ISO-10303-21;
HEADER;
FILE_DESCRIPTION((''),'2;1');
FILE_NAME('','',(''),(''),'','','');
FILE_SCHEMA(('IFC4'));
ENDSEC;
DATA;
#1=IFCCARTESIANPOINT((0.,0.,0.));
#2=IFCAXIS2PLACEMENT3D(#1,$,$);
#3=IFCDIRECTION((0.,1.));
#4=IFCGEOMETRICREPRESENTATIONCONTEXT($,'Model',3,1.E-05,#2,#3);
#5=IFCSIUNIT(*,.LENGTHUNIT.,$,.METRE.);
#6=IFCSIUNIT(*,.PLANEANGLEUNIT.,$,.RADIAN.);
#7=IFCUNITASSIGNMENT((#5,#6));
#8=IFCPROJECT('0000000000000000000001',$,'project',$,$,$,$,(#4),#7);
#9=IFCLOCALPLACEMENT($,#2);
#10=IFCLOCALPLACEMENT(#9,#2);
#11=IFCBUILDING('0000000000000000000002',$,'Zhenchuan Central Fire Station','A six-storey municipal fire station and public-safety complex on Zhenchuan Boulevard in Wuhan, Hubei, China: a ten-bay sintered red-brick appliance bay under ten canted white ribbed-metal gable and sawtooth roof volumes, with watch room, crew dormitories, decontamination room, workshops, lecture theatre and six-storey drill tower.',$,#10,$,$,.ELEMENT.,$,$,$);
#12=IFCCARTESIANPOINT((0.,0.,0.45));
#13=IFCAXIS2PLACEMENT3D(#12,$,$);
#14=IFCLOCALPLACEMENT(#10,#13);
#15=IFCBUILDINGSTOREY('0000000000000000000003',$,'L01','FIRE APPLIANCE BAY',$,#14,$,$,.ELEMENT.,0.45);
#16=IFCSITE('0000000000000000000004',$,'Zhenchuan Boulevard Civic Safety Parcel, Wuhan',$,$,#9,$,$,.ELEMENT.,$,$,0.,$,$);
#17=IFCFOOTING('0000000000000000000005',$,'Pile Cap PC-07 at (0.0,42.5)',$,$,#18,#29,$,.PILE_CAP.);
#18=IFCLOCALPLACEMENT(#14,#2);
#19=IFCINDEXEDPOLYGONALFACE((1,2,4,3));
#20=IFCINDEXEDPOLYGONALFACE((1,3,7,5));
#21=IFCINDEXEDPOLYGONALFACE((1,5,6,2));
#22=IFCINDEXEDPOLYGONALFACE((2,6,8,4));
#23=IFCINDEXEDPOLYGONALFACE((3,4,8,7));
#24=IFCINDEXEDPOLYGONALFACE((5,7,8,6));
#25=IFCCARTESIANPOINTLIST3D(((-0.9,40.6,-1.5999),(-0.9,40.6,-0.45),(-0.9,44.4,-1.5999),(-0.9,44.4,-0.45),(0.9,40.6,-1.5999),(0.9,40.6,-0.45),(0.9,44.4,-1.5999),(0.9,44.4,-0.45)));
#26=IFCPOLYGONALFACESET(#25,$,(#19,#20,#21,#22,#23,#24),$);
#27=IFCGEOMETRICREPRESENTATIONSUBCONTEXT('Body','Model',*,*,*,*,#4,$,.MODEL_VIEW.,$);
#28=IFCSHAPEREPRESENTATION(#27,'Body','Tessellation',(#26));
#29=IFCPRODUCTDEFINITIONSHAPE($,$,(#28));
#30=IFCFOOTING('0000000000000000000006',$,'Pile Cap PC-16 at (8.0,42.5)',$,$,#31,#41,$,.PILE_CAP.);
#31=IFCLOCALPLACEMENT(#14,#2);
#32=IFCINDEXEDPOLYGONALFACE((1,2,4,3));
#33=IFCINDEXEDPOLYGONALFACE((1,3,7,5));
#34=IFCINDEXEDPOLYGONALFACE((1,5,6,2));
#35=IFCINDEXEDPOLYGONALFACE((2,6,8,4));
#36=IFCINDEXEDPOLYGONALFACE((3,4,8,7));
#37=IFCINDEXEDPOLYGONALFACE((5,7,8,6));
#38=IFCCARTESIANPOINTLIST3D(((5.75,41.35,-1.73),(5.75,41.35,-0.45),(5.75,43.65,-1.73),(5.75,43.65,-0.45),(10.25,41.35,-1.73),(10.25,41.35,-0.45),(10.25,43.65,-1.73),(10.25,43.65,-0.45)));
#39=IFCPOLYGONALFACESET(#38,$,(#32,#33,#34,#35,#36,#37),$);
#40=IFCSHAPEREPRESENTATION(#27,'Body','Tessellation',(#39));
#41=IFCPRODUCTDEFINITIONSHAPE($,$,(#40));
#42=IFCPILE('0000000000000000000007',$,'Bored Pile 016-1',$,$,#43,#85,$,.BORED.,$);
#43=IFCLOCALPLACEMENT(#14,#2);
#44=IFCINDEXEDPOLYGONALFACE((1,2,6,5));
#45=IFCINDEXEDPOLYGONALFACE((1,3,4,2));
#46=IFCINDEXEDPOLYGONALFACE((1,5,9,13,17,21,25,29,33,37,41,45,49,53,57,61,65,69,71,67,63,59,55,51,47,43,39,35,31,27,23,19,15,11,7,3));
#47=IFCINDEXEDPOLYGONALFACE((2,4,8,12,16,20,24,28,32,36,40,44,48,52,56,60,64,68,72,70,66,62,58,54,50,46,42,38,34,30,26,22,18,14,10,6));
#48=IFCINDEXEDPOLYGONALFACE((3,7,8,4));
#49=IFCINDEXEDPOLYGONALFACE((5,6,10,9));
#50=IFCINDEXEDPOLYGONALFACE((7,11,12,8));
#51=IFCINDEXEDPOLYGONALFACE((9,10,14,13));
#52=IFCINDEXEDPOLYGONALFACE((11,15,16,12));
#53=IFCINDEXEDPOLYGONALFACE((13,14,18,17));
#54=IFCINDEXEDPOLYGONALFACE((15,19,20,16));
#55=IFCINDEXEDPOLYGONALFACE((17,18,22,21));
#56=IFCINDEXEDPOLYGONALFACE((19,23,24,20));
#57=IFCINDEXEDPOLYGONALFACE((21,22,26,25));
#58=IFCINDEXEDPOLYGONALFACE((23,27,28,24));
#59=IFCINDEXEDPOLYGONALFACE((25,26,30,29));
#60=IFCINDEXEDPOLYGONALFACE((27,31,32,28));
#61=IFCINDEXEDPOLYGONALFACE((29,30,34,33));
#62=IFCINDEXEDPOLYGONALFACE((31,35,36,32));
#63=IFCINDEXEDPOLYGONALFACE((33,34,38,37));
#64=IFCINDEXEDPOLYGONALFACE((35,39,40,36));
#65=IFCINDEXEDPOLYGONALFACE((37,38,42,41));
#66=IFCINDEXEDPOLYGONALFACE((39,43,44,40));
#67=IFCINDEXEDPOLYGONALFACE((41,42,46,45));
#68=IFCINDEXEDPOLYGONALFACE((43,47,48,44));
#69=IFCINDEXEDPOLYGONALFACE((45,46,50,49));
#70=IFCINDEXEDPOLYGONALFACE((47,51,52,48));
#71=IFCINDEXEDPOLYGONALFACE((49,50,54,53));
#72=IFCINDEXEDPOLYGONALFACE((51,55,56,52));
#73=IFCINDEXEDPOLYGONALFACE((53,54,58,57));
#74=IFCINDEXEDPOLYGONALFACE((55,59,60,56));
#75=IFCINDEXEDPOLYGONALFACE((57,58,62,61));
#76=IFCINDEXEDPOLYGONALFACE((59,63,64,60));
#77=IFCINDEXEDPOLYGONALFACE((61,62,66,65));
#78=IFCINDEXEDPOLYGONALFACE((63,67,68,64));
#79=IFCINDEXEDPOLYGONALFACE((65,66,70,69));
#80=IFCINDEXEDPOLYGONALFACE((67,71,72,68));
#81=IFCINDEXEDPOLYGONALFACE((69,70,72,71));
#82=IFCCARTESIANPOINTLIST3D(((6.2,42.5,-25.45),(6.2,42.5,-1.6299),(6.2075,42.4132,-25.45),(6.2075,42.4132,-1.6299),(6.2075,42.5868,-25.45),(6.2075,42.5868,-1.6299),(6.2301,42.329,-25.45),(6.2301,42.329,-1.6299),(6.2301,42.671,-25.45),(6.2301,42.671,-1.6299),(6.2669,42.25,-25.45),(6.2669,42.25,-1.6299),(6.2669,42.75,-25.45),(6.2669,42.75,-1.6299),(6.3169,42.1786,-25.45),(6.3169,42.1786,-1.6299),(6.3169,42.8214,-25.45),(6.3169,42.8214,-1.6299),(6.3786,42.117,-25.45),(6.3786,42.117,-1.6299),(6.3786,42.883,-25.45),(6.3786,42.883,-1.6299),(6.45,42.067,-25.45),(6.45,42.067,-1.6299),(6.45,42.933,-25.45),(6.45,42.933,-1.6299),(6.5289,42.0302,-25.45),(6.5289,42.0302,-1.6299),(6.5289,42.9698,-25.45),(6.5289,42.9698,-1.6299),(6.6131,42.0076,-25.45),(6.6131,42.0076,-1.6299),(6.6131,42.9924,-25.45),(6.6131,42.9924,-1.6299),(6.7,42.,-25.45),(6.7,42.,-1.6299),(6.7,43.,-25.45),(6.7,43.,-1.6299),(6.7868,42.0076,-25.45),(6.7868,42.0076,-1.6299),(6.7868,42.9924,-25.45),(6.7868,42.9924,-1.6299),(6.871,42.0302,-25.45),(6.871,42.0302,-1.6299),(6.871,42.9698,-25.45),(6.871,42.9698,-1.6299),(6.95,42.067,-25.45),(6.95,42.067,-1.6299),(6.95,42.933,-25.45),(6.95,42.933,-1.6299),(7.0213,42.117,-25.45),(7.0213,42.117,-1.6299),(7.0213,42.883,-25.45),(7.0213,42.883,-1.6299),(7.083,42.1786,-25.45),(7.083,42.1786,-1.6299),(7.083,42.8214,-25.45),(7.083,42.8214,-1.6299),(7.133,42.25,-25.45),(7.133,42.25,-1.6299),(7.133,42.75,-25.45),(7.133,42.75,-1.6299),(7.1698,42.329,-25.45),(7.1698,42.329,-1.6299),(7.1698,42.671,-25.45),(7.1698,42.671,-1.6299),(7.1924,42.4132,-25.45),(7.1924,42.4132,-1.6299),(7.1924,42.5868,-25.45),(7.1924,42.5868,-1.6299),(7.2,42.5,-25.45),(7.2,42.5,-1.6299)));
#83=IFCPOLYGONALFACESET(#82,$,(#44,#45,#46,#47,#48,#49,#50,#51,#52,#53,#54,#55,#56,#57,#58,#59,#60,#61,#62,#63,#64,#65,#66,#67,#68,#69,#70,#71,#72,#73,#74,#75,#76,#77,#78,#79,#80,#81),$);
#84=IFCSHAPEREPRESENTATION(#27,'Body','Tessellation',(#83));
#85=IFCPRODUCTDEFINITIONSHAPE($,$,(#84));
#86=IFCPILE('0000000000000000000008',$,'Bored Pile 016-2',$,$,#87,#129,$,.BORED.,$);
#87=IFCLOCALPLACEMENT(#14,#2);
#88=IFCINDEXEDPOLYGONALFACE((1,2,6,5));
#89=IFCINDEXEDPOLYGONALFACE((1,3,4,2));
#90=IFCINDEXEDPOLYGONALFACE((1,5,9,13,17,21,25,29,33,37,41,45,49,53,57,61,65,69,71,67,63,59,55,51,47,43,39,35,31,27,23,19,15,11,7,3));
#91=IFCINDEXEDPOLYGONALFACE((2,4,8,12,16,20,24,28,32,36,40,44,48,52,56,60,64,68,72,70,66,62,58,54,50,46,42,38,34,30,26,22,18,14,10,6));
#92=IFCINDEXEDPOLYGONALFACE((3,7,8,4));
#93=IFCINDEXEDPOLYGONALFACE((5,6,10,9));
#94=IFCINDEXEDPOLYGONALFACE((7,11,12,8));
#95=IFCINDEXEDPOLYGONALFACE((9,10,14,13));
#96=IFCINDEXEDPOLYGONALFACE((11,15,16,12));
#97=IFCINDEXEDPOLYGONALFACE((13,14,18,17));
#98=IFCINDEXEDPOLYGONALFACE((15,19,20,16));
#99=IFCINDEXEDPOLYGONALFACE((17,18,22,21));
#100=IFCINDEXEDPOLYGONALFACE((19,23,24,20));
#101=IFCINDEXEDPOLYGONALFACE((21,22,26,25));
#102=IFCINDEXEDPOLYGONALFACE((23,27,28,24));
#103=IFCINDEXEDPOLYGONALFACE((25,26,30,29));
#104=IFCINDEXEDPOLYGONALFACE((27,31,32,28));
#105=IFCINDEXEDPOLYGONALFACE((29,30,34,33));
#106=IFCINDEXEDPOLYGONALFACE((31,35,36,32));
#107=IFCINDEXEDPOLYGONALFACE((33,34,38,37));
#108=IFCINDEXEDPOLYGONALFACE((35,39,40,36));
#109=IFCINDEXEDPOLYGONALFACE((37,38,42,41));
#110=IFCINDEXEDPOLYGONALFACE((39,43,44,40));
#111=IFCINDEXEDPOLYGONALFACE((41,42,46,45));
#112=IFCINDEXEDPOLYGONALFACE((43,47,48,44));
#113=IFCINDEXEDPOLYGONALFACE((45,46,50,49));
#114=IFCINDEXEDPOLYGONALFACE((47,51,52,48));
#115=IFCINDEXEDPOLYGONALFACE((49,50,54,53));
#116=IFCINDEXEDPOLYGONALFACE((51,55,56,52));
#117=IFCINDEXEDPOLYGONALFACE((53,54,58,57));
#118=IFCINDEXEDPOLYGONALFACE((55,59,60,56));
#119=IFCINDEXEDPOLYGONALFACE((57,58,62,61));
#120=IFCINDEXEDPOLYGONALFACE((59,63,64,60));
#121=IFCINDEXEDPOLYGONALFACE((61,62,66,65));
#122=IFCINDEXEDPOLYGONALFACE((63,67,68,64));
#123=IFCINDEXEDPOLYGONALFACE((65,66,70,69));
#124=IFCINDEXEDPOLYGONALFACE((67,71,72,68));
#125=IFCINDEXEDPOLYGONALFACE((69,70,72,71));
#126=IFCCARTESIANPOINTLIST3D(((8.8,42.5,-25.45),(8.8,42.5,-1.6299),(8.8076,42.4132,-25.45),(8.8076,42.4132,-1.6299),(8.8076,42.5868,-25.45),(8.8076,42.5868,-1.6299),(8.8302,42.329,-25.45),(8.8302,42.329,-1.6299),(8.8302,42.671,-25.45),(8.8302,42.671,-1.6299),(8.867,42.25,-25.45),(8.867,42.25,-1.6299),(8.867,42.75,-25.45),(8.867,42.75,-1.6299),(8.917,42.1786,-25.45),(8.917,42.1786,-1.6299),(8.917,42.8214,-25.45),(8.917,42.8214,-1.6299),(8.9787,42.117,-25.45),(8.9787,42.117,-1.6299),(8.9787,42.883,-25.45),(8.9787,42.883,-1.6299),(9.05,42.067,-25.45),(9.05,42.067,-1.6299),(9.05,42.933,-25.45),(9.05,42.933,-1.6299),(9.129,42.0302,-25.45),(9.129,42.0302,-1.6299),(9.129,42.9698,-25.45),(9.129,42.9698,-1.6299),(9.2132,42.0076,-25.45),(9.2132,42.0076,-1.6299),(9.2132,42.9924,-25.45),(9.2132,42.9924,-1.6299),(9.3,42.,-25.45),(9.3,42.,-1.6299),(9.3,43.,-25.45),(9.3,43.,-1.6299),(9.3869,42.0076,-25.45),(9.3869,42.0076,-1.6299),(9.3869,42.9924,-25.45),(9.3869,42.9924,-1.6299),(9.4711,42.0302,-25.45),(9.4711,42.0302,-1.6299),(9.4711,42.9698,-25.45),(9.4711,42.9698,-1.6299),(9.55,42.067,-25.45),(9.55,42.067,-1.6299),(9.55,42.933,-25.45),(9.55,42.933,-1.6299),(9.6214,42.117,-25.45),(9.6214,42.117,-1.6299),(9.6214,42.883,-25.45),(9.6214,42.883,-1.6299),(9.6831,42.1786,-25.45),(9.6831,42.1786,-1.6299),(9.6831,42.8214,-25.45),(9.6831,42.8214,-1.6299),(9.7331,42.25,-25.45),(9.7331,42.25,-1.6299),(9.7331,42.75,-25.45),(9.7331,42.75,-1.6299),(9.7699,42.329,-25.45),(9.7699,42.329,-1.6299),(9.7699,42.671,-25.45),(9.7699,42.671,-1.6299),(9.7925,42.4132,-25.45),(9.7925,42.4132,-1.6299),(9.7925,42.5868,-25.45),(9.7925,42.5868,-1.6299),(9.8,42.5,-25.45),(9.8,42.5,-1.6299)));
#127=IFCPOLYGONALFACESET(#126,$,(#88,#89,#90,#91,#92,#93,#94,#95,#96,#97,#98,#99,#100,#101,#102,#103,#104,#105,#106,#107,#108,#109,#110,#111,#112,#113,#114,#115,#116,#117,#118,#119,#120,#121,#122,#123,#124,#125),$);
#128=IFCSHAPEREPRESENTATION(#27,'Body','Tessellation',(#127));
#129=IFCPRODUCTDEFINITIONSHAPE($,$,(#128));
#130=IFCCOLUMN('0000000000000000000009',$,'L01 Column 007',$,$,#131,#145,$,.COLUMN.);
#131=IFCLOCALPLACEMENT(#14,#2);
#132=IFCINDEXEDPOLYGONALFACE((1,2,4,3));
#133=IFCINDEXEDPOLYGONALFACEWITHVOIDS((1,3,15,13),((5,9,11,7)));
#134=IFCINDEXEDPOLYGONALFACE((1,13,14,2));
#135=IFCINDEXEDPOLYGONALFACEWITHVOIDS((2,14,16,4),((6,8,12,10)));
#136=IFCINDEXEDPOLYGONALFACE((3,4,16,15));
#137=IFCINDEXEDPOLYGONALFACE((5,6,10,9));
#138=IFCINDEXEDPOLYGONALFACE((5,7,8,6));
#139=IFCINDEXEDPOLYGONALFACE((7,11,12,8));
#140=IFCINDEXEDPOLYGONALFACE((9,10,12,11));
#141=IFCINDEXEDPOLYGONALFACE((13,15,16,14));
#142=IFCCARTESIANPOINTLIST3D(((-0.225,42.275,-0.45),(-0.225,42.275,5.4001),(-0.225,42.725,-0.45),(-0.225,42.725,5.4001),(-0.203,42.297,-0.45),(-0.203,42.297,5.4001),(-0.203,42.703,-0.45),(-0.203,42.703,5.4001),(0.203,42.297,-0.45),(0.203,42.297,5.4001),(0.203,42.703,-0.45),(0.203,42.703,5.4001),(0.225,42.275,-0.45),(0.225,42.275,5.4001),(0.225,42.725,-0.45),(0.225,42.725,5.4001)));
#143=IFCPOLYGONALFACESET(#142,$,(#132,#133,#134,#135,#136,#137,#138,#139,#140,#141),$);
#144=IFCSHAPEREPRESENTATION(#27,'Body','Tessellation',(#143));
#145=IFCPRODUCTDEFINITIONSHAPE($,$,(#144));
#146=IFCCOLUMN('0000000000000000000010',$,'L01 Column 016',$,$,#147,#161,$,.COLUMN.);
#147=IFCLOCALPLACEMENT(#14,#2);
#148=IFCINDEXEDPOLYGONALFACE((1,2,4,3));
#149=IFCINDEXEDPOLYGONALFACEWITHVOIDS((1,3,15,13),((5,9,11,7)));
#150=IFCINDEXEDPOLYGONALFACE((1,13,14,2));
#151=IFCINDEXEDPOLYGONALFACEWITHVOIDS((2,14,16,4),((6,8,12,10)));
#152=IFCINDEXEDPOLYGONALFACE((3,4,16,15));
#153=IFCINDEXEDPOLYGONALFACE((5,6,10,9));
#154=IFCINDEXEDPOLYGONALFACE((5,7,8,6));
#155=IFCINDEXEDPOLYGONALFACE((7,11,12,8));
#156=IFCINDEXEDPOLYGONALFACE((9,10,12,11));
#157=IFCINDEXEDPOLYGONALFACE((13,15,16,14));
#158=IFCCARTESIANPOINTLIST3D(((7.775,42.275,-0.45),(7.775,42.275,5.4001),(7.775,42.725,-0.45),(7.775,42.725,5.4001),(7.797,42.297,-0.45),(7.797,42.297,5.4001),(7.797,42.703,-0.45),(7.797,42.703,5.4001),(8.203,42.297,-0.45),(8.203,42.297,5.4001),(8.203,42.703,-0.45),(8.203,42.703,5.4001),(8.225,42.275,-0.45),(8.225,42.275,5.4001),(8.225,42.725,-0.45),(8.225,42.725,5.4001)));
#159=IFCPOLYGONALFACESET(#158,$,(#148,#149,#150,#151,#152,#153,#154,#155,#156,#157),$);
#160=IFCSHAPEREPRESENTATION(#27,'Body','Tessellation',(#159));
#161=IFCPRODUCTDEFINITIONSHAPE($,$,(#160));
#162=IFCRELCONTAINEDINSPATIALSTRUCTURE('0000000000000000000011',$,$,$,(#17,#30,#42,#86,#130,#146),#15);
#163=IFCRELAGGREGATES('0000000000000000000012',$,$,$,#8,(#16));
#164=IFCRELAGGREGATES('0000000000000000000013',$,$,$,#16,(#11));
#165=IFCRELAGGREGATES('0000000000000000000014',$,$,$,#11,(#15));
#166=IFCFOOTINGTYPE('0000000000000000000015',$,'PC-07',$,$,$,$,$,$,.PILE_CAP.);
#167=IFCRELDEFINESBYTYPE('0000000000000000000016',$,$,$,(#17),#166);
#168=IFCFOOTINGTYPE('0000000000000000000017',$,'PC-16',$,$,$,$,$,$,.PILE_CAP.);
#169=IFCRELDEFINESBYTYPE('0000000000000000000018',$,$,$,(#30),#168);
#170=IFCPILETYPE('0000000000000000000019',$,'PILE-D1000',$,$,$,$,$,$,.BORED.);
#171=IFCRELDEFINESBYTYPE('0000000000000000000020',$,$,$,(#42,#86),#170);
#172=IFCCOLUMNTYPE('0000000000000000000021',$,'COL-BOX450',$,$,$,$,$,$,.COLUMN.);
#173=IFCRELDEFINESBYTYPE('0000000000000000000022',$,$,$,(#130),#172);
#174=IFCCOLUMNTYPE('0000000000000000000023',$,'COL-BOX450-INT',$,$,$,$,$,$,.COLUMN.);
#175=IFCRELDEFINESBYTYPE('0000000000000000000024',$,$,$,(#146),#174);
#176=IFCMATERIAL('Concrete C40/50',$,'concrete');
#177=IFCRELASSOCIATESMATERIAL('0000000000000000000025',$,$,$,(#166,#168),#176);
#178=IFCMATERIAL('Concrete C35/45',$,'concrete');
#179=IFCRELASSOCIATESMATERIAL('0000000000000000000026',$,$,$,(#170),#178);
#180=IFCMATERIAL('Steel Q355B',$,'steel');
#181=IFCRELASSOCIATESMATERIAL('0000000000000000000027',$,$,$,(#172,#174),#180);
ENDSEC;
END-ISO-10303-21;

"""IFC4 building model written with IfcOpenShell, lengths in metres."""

from ifc_helpers import new_model, si_unit, direction, frame, origin, origin_2d, place, context, subcontext, project, spatial, rectangle, hollow_rectangle, circle, extrude, material, material_profile, profile_set, type_object, element, save


model = new_model("IFC4")

# Units and contexts
model_context = context("Model", 3, precision=1e-05, world=origin(), true_north=direction((0.0, 1.0)))
body_context = subcontext(model_context, "Body", "Model", "MODEL_VIEW")
ifc_project = project(units=[si_unit("LENGTHUNIT", "METRE"), si_unit("PLANEANGLEUNIT", "RADIAN")], contexts=[model_context])

# Site, building, storey
site_placement = place(None, origin())
site = spatial("IfcSite", under=ifc_project, at=site_placement, Name="Zhenchuan Boulevard Civic Safety Parcel, Wuhan", CompositionType="ELEMENT", RefElevation=0.0)
building_placement = place(site_placement, origin())
building = spatial("IfcBuilding", under=site, at=building_placement, Name="Zhenchuan Central Fire Station", Description="A six-storey municipal fire station and public-safety complex on Zhenchuan Boulevard in Wuhan, Hubei, China: a ten-bay sintered red-brick appliance bay under ten canted white ribbed-metal gable and sawtooth roof volumes, with watch room, crew dormitories, decontamination room, workshops, lecture theatre and six-storey drill tower.", CompositionType="ELEMENT")
storey_placement = place(building_placement, frame((0.0, 0.0, 0.45)))
storey = spatial("IfcBuildingStorey", under=building, at=storey_placement, Name="L01", Description="FIRE APPLIANCE BAY", CompositionType="ELEMENT", Elevation=0.45)

# Footings
ifc_material_1 = material(Name="Concrete C40/50", Category="concrete")
footing_type_1 = type_object("IfcFootingType", Name="PC-07", PredefinedType="PILE_CAP", material=ifc_material_1)
footing_1_placement = place(storey_placement, frame((0.0, 42.5, -1.5999), z_axis=(0.0, 0.0, 1.0), x_axis=(1.0, 0.0, 0.0)))
element("IfcFooting", 1, at=footing_1_placement, inside=storey, type_object=footing_type_1, Name="Pile Cap PC-07 at (0.0,42.5)", PredefinedType="PILE_CAP", context=body_context, shape_type="SweptSolid", body=[
    extrude(rectangle(XDim=1.8, YDim=3.8, at=origin_2d()), origin(), (0.0, 0.0, 1.0), 1.1499),
])
footing_type_2 = type_object("IfcFootingType", Name="PC-16", PredefinedType="PILE_CAP", material=ifc_material_1)
footing_2_placement = place(storey_placement, frame((8.0, 42.5, -1.73), z_axis=(0.0, 0.0, 1.0), x_axis=(1.0, 0.0, 0.0)))
element("IfcFooting", 2, at=footing_2_placement, inside=storey, type_object=footing_type_2, Name="Pile Cap PC-16 at (8.0,42.5)", PredefinedType="PILE_CAP", context=body_context, shape_type="SweptSolid", body=[
    extrude(rectangle(XDim=4.5, YDim=2.3, at=origin_2d()), origin(), (0.0, 0.0, 1.0), 1.28),
])

# Piles
ifc_material_2 = material(Name="Concrete C35/45", Category="concrete")
ifc_material_profile_1 = material_profile(ifc_material_2, circle(Radius=0.5, at=origin_2d()), Name="PILE D1000")
ifc_profile_set_1 = profile_set([ifc_material_profile_1], Name="Concrete C35/45")
pile_type = type_object("IfcPileType", Name="PILE-D1000", PredefinedType="BORED", material=ifc_profile_set_1)
for number, where, z_axis, x_axis, name in (
    (3, (6.7, 42.5, -1.6299), (0.0, 0.0, -1.0), (1.0, 0.0, 0.0), "Bored Pile 016-1"),
    (4, (9.3, 42.5, -1.6299), (0.0, 0.0, -1.0), (1.0, 0.0, 0.0), "Bored Pile 016-2"),
):
    element("IfcPile", number, at=place(storey_placement, frame(where, z_axis=z_axis, x_axis=x_axis)), inside=storey, type_object=pile_type, Name=name, PredefinedType="BORED", context=body_context, shape_type="SweptSolid", body=[
        extrude(circle(Radius=0.5, at=origin_2d()), origin(), (0.0, 0.0, 1.0), 23.8201),
    ])

# Columns
ifc_material_3 = material(Name="Steel Q355B", Category="steel")
ifc_material_profile_2 = material_profile(ifc_material_3, hollow_rectangle(XDim=0.45, YDim=0.45, WallThickness=0.022, at=origin_2d()), Name="BOX 450x450x22")
ifc_profile_set_2 = profile_set([ifc_material_profile_2], Name="Steel Q355B")
column_type_1 = type_object("IfcColumnType", Name="COL-BOX450", PredefinedType="COLUMN", material=ifc_profile_set_2)
column_1_placement = place(storey_placement, frame((0.0, 42.5, -0.45), z_axis=(0.0, 0.0, 1.0), x_axis=(1.0, 0.0, 0.0)))
element("IfcColumn", 5, at=column_1_placement, inside=storey, type_object=column_type_1, Name="L01 Column 007", PredefinedType="COLUMN", context=body_context, shape_type="SweptSolid", body=[
    extrude(hollow_rectangle(XDim=0.45, YDim=0.45, WallThickness=0.022, at=origin_2d()), origin(), (0.0, 0.0, 1.0), 5.8501),
])
ifc_material_profile_3 = material_profile(ifc_material_3, hollow_rectangle(XDim=0.45, YDim=0.45, WallThickness=0.022, at=origin_2d()), Name="BOX 450x450x22")
ifc_profile_set_3 = profile_set([ifc_material_profile_3], Name="Steel Q355B")
column_type_2 = type_object("IfcColumnType", Name="COL-BOX450-INT", PredefinedType="COLUMN", material=ifc_profile_set_3)
column_2_placement = place(storey_placement, frame((8.0, 42.5, -0.45), z_axis=(0.0, 0.0, 1.0), x_axis=(1.0, 0.0, 0.0)))
element("IfcColumn", 6, at=column_2_placement, inside=storey, type_object=column_type_2, Name="L01 Column 016", PredefinedType="COLUMN", context=body_context, shape_type="SweptSolid", body=[
    extrude(hollow_rectangle(XDim=0.45, YDim=0.45, WallThickness=0.022, at=origin_2d()), origin(), (0.0, 0.0, 1.0), 5.8501),
])

save(model, "model.ifc")
